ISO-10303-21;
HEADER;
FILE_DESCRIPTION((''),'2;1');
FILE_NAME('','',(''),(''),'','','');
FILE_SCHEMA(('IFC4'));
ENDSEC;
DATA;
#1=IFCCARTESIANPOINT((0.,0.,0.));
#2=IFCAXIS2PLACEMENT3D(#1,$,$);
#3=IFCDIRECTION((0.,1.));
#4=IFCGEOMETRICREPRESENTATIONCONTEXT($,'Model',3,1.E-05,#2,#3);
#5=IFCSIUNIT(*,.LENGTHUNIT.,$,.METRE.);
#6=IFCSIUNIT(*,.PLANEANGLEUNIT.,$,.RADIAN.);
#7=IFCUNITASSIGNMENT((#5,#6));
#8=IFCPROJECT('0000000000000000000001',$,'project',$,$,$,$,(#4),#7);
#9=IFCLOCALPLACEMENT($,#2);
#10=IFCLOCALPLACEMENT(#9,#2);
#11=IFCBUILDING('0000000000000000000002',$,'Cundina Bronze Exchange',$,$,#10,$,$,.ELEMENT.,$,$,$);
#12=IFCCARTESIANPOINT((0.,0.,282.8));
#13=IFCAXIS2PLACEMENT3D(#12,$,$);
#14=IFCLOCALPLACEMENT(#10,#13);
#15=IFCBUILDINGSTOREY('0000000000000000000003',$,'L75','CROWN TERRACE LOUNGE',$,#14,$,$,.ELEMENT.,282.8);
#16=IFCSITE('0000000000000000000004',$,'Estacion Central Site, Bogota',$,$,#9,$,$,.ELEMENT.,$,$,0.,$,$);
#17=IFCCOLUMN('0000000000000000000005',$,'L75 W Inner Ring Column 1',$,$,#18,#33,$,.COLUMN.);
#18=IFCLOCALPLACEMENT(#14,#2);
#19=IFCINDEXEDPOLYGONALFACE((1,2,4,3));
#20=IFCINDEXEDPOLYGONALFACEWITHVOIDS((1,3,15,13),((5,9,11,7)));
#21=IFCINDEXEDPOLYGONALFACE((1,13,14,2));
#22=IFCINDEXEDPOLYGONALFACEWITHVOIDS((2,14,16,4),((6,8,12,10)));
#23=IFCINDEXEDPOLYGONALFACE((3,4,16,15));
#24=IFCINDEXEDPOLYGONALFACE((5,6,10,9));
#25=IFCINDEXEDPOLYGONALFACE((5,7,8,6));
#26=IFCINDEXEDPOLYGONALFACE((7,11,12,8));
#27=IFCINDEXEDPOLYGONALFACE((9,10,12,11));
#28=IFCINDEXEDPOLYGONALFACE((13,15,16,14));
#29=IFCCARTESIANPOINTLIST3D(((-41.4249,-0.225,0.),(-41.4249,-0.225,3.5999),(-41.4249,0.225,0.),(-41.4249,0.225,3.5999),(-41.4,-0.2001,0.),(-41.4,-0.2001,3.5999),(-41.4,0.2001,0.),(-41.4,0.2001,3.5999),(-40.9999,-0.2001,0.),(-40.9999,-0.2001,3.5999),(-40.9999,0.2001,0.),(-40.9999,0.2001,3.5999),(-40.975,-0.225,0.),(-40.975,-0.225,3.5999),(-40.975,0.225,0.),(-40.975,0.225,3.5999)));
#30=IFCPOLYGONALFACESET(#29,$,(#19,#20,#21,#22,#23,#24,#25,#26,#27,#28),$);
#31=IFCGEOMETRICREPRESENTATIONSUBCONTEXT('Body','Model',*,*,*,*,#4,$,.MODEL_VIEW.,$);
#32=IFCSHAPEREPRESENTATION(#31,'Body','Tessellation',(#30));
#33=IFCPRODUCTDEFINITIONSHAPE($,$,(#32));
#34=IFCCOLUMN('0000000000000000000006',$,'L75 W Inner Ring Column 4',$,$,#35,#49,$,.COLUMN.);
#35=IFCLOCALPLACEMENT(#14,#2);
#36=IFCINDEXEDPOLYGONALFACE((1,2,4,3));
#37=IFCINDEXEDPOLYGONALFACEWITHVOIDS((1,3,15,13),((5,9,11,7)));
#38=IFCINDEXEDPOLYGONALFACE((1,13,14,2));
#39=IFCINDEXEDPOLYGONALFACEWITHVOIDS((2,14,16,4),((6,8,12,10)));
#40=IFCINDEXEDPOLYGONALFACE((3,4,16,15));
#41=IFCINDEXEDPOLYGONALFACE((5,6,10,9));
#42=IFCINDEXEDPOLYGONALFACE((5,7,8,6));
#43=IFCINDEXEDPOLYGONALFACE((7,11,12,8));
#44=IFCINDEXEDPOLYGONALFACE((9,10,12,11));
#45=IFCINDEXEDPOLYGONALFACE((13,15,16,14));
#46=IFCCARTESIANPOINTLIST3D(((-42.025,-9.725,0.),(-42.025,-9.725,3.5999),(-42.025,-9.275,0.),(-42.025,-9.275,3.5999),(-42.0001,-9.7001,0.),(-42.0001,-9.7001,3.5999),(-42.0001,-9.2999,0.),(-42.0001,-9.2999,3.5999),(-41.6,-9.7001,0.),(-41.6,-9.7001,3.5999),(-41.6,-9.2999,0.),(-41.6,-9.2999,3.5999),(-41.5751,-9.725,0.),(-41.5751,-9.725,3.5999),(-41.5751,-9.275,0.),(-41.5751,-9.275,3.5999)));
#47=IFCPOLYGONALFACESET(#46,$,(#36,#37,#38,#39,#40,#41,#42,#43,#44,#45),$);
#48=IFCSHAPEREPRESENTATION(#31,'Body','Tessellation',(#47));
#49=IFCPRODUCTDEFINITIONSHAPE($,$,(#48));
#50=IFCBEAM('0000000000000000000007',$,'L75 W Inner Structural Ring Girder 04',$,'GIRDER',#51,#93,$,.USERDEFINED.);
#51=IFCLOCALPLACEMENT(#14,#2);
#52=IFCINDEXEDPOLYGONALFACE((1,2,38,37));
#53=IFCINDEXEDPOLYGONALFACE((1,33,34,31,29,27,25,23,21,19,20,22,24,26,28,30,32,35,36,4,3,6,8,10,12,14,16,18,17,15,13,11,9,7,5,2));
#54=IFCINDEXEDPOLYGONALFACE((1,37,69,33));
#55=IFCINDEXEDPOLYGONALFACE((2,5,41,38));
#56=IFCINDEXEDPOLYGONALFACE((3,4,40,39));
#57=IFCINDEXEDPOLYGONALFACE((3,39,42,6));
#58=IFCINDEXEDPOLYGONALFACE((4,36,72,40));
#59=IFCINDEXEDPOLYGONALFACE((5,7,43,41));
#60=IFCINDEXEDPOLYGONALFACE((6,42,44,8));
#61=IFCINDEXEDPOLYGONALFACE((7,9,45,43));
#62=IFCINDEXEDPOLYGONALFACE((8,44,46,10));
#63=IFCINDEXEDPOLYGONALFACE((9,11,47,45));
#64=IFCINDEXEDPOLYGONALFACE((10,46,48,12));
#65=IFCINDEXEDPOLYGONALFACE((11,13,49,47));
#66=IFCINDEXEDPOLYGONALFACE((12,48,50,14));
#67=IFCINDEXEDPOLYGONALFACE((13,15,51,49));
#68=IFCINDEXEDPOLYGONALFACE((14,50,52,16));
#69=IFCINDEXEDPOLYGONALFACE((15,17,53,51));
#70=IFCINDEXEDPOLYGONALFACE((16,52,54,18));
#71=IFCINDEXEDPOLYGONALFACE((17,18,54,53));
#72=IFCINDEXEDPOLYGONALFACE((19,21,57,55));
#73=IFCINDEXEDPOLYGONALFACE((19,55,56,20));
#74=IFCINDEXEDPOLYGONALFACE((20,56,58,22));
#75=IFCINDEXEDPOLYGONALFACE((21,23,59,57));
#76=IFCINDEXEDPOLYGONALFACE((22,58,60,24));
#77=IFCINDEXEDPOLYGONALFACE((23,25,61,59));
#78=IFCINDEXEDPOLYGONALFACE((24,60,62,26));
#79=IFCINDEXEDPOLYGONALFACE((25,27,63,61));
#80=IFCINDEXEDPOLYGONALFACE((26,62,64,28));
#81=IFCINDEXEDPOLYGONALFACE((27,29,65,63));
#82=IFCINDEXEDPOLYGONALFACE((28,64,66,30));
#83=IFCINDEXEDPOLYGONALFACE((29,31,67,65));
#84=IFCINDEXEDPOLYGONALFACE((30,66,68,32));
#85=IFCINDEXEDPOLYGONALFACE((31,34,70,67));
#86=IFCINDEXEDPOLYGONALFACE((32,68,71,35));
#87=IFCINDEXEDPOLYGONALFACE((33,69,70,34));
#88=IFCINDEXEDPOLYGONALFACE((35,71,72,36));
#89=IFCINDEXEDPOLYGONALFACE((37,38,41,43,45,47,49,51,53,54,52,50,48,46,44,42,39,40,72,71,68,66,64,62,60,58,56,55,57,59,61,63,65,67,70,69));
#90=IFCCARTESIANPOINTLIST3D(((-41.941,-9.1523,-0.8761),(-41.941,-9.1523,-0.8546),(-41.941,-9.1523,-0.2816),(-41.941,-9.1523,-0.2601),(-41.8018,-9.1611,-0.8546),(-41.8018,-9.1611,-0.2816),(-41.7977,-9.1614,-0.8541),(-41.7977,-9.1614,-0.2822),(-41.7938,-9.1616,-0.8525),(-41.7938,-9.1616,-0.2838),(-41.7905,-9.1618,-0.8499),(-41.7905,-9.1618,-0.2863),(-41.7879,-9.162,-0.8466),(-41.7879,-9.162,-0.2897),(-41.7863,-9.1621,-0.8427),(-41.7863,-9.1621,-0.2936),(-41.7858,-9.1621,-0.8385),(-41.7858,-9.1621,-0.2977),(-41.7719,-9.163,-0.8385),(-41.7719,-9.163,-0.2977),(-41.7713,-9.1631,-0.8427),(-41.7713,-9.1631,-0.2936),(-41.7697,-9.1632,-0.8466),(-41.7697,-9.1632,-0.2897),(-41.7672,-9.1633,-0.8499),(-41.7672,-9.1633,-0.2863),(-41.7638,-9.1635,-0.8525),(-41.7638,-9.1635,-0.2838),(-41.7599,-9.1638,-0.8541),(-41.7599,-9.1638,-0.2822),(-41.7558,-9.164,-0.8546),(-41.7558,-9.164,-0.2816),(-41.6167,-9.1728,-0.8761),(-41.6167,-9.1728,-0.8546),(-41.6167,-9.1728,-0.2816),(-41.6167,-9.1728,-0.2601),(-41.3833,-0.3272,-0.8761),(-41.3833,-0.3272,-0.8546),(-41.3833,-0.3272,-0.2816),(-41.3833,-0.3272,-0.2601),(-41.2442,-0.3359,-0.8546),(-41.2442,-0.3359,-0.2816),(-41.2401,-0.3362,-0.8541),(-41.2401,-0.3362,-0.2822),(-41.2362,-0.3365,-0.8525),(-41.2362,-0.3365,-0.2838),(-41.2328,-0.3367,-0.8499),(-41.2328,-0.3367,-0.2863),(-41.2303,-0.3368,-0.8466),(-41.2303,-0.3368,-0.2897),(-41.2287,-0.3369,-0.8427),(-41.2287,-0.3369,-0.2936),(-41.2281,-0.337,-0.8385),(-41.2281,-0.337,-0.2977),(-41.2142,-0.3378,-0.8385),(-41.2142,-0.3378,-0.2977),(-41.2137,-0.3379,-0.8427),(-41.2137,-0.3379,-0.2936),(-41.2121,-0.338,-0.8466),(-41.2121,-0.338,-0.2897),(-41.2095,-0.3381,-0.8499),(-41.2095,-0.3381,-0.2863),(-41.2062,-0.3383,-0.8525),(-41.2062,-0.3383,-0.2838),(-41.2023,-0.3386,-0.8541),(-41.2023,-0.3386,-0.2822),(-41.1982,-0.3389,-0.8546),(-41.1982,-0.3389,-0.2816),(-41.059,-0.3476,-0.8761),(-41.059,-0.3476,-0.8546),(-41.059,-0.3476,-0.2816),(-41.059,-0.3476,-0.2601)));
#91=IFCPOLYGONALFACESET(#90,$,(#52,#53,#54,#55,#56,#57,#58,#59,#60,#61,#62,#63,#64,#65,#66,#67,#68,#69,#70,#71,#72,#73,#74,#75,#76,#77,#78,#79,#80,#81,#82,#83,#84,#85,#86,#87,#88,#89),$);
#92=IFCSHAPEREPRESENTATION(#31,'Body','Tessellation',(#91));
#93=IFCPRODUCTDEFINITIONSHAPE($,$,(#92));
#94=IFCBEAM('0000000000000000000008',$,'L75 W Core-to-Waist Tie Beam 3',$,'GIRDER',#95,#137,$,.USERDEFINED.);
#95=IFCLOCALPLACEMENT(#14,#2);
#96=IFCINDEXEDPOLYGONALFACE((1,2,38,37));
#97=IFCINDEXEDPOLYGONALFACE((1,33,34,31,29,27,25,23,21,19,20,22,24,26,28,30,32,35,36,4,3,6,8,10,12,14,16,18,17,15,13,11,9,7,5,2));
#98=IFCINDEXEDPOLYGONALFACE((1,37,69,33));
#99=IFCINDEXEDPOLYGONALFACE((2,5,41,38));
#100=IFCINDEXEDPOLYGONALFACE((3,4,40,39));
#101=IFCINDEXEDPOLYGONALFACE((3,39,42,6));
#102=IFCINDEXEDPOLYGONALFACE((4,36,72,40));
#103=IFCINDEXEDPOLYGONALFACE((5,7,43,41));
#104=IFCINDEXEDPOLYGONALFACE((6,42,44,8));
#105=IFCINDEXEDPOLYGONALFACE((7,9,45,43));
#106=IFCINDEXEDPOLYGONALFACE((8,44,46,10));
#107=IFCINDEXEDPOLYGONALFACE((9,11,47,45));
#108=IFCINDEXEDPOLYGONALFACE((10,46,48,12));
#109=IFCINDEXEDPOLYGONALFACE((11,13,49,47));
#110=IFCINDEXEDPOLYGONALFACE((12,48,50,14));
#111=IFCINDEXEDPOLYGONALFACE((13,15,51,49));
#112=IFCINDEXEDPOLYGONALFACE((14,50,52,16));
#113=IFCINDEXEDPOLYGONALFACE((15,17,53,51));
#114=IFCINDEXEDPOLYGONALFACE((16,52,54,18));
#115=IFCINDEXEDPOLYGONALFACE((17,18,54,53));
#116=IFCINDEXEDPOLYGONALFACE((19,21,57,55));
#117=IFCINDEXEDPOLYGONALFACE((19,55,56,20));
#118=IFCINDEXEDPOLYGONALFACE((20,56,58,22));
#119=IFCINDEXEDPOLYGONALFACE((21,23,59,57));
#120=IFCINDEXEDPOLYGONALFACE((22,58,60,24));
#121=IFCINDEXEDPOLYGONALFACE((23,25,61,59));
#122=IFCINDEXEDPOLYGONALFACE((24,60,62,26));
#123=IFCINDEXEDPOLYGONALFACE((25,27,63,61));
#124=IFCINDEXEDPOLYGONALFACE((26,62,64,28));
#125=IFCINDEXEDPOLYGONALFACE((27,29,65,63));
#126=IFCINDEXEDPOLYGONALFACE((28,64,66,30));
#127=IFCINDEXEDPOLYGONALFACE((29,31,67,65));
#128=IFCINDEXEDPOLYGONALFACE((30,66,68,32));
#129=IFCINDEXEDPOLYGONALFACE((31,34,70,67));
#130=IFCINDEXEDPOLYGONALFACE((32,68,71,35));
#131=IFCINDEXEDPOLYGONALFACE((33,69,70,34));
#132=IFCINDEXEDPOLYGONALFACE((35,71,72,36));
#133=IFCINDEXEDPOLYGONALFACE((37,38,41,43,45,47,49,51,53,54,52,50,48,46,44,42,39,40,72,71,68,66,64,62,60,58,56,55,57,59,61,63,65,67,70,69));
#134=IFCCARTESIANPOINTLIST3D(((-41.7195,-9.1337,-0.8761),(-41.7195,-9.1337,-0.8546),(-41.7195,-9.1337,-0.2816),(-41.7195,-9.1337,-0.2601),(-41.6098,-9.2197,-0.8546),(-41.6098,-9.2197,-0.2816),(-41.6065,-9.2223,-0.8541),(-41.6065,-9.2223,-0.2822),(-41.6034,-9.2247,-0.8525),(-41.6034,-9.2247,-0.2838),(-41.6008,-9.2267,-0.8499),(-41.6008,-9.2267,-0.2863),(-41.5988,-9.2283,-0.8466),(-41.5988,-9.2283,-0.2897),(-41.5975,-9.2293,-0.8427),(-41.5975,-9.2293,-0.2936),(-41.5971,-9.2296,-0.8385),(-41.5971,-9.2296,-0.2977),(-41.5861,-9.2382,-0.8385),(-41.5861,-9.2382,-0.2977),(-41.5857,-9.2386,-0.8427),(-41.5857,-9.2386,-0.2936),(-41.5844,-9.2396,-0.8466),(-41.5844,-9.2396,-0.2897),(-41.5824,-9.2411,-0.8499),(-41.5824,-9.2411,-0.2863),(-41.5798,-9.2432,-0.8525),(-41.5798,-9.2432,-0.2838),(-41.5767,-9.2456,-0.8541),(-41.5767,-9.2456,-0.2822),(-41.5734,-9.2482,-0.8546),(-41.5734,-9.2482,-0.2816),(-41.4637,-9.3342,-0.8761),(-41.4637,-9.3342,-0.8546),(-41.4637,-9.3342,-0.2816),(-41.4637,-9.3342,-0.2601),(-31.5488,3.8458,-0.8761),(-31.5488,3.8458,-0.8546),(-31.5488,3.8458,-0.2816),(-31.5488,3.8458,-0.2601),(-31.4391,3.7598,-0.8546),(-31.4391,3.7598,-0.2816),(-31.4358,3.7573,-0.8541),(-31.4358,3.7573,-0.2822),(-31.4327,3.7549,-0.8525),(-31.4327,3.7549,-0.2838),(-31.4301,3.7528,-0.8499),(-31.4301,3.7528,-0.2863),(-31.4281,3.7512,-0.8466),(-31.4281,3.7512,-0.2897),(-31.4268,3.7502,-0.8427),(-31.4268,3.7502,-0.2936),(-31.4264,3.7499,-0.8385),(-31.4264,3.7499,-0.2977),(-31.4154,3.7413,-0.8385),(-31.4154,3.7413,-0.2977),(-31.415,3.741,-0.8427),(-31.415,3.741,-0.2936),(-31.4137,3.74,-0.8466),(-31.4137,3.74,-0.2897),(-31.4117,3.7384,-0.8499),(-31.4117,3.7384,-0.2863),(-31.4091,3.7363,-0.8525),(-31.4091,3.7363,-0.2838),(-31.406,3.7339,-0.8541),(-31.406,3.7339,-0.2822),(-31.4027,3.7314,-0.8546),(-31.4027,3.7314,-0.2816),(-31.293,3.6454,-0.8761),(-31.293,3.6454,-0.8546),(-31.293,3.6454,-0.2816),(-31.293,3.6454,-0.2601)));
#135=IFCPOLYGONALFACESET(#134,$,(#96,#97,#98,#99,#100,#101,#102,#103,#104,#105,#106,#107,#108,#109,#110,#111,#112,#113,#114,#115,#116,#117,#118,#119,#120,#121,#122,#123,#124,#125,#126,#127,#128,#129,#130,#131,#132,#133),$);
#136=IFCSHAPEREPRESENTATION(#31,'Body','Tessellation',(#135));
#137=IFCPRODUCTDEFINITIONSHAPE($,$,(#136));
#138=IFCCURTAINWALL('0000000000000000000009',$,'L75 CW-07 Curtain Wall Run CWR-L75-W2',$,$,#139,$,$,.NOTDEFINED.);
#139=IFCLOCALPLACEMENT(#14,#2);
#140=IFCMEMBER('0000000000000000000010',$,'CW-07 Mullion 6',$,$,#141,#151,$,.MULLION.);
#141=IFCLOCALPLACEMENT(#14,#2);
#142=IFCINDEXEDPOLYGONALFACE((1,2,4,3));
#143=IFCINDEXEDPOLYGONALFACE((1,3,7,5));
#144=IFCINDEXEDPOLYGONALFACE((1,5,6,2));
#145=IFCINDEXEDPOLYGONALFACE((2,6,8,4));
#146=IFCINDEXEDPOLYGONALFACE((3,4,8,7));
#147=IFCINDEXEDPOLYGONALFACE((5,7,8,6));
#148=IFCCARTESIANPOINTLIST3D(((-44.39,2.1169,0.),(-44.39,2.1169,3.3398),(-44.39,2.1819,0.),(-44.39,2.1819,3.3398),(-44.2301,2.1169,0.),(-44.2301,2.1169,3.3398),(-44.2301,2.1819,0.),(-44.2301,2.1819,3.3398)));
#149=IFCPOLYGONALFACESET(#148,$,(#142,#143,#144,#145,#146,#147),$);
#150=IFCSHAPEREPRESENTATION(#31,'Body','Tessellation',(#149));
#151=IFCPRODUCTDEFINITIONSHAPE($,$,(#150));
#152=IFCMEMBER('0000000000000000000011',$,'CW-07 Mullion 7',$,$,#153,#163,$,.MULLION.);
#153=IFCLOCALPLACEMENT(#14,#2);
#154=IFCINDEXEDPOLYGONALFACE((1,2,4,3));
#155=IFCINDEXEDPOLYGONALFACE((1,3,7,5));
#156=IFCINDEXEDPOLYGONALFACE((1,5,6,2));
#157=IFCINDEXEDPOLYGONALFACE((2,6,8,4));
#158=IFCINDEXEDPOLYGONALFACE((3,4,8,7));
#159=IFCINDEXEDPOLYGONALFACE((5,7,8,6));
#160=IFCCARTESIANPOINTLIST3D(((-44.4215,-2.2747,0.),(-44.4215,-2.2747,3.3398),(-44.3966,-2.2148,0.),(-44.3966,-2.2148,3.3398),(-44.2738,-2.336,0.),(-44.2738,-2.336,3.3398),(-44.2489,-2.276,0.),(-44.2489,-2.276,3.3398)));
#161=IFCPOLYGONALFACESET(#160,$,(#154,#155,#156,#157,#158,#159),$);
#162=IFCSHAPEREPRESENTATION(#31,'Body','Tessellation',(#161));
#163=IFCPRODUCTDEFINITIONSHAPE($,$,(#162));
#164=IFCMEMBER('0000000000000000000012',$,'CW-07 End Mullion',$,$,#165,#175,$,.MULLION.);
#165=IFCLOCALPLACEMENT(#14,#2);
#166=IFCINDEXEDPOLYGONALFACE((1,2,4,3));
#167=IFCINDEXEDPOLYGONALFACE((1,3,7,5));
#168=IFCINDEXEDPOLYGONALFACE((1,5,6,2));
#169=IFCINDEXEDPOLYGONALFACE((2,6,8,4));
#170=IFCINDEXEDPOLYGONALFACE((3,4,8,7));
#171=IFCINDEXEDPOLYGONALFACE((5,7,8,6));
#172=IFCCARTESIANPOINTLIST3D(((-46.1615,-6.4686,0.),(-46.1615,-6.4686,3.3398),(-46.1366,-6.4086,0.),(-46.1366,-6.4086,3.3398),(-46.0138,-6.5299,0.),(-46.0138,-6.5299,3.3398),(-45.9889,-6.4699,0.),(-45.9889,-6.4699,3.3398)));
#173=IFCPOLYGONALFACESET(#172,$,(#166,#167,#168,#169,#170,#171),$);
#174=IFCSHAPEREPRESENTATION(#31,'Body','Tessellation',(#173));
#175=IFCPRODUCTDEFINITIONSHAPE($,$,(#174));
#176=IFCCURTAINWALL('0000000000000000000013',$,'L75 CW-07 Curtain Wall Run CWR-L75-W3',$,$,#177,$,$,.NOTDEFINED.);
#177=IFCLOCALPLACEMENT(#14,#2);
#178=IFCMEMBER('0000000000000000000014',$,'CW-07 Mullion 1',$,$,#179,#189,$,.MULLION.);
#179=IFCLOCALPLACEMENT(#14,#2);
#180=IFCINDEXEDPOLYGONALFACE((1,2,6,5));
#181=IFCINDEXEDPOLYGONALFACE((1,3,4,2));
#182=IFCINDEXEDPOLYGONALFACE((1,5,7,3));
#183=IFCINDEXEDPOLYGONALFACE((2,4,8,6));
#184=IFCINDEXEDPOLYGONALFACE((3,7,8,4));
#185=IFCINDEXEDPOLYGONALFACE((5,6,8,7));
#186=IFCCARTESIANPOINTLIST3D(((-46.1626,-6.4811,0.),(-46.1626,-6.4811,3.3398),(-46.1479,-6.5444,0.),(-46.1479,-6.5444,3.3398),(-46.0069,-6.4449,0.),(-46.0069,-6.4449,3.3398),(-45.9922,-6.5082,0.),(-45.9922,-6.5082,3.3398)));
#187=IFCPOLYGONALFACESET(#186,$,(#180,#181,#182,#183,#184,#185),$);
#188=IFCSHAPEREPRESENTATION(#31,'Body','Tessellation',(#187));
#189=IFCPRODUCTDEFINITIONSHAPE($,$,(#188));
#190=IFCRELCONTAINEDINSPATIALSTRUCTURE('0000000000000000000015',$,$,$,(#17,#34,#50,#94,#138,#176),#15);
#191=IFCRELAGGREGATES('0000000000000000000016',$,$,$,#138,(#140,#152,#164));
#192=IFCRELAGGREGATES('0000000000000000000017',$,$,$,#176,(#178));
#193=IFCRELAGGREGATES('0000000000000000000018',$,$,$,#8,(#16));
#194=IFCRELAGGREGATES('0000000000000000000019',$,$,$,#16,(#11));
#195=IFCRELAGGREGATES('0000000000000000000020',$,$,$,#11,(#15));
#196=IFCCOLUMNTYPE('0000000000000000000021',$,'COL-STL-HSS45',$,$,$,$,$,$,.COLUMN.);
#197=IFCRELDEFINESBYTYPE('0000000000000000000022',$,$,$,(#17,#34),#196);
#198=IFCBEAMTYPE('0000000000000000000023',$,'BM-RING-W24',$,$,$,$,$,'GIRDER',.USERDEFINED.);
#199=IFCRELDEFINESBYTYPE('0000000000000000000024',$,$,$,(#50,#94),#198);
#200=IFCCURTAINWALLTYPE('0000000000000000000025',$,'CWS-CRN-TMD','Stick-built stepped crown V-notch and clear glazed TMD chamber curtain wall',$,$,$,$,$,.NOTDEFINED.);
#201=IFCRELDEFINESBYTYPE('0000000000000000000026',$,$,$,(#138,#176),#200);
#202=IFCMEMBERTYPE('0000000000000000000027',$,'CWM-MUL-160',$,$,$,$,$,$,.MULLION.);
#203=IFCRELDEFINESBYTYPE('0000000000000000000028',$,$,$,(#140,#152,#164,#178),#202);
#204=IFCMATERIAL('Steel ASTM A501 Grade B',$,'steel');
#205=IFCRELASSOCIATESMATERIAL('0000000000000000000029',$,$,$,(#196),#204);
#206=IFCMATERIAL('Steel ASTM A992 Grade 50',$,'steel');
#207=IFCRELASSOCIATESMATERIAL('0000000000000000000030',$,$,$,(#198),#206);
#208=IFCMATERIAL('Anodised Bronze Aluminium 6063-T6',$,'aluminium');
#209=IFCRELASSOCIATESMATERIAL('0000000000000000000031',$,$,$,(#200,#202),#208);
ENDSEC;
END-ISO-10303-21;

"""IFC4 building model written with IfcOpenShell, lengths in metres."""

from ifc_helpers import new_model, si_unit, direction, frame, origin, origin_2d, place, context, subcontext, project, spatial, rectangle, hollow_rectangle, i_section, extrude, material, material_profile, profile_set, type_object, element, aggregate, save


model = new_model("IFC4")

# Units and contexts
model_context = context("Model", 3, precision=1e-05, world=origin(), true_north=direction((0.0, 1.0)))
body_context = subcontext(model_context, "Body", "Model", "MODEL_VIEW")
ifc_project = project(units=[si_unit("LENGTHUNIT", "METRE"), si_unit("PLANEANGLEUNIT", "RADIAN")], contexts=[model_context])

# Site, building, storey
site_placement = place(None, origin())
site = spatial("IfcSite", under=ifc_project, at=site_placement, Name="Estacion Central Site, Bogota", CompositionType="ELEMENT", RefElevation=0.0)
building_placement = place(site_placement, origin())
building = spatial("IfcBuilding", under=site, at=building_placement, Name="Cundina Bronze Exchange", CompositionType="ELEMENT")
storey_placement = place(building_placement, frame((0.0, 0.0, 282.8)))
storey = spatial("IfcBuildingStorey", under=building, at=storey_placement, Name="L75", Description="CROWN TERRACE LOUNGE", CompositionType="ELEMENT", Elevation=282.8)

# Columns
ifc_material_1 = material(Name="Steel ASTM A501 Grade B", Category="steel")
ifc_material_profile_1 = material_profile(ifc_material_1, hollow_rectangle(XDim=0.45, YDim=0.45, WallThickness=0.0249, at=origin_2d()), Name="HSS450X450X25", Category="steel")
ifc_profile_set_1 = profile_set([ifc_material_profile_1], Name="Steel ASTM A501 Grade B")
column_type = type_object("IfcColumnType", Name="COL-STL-HSS45", PredefinedType="COLUMN", material=ifc_profile_set_1)
for number, where, z_axis, x_axis, name in (
    (1, (-41.2, 0.0, 0.0), (0.0, 0.0, 1.0), (1.0, 0.0, 0.0), "L75 W Inner Ring Column 1"),
    (2, (-41.8, -9.5, 0.0), (0.0, 0.0, 1.0), (1.0, 0.0, 0.0), "L75 W Inner Ring Column 4"),
):
    element("IfcColumn", number, at=place(storey_placement, frame(where, z_axis=z_axis, x_axis=x_axis)), inside=storey, type_object=column_type, Name=name, PredefinedType="COLUMN", context=body_context, shape_type="SweptSolid", body=[
        extrude(hollow_rectangle(XDim=0.45, YDim=0.45, WallThickness=0.0249, at=origin_2d()), origin(), (0.0, 0.0, 1.0), 3.5999),
    ])

# Beams
ifc_material_2 = material(Name="Steel ASTM A992 Grade 50", Category="steel")
ifc_material_profile_2 = material_profile(ifc_material_2, i_section(OverallWidth=0.325, OverallDepth=0.616, WebThickness=0.0139, FlangeThickness=0.0215, FilletRadius=0.0161, at=origin_2d()), Name="W24X117", Category="steel")
ifc_profile_set_2 = profile_set([ifc_material_profile_2], Name="Steel ASTM A992 Grade 50")
beam_type = type_object("IfcBeamType", Name="BM-RING-W24", ElementType="GIRDER", PredefinedType="USERDEFINED", material=ifc_profile_set_2)
beam_1_placement = place(storey_placement, frame((-41.2212, -0.3374, -0.5681), z_axis=(-0.063059, -0.99801, 0.0), x_axis=(0.99801, -0.063059, 0.0)))
element("IfcBeam", 3, at=beam_1_placement, inside=storey, type_object=beam_type, Name="L75 W Inner Structural Ring Girder 04", ObjectType="GIRDER", PredefinedType="USERDEFINED", context=body_context, shape_type="SweptSolid", body=[
    extrude(i_section(OverallWidth=0.325, OverallDepth=0.616, WebThickness=0.0139, FlangeThickness=0.0215, FilletRadius=0.0161, at=origin_2d()), origin(), (0.0, 0.0, 1.0), 8.8428),
])
beam_2_placement = place(storey_placement, frame((-31.4209, 3.7456, -0.5681), z_axis=(-0.616789, -0.787128, 0.0), x_axis=(0.787128, -0.616789, 0.0)))
element("IfcBeam", 4, at=beam_2_placement, inside=storey, type_object=beam_type, Name="L75 W Core-to-Waist Tie Beam 3", ObjectType="GIRDER", PredefinedType="USERDEFINED", context=body_context, shape_type="SweptSolid", body=[
    extrude(i_section(OverallWidth=0.325, OverallDepth=0.616, WebThickness=0.0139, FlangeThickness=0.0215, FilletRadius=0.0161, at=origin_2d()), origin(), (0.0, 0.0, 1.0), 16.4897),
])

# Curtain wall, members
ifc_material_3 = material(Name="Anodised Bronze Aluminium 6063-T6", Category="aluminium")
curtain_wall_type = type_object("IfcCurtainWallType", Name="CWS-CRN-TMD", Description="Stick-built stepped crown V-notch and clear glazed TMD chamber curtain wall", PredefinedType="NOTDEFINED", material=ifc_material_3)
curtain_wall_1_placement = place(storey_placement, origin())
curtain_wall_1 = element("IfcCurtainWall", 5, at=curtain_wall_1_placement, inside=storey, type_object=curtain_wall_type, Name="L75 CW-07 Curtain Wall Run CWR-L75-W2", PredefinedType="NOTDEFINED")
ifc_material_profile_3 = material_profile(ifc_material_3, rectangle(XDim=0.0649, YDim=0.1599, at=origin_2d()), Name="AL65X160", Category="aluminium")
ifc_profile_set_3 = profile_set([ifc_material_profile_3], Name="Anodised Bronze Aluminium 6063-T6")
member_type_1 = type_object("IfcMemberType", Name="CWM-MUL-160", PredefinedType="MULLION", material=ifc_profile_set_3)
member_1_placement = place(storey_placement, frame((-44.3101, 2.1494, 0.0), z_axis=(0.0, 0.0, 1.0), x_axis=(0.0, -1.0, 0.0)))
member_1 = element("IfcMember", 6, at=member_1_placement, type_object=member_type_1, Name="CW-07 Mullion 6", PredefinedType="MULLION", context=body_context, shape_type="SweptSolid", body=[
    extrude(rectangle(XDim=0.0649, YDim=0.1599, at=origin_2d()), origin(), (0.0, 0.0, 1.0), 3.3398),
])
member_2_placement = place(storey_placement, frame((-44.3352, -2.2754, 0.0), z_axis=(0.0, 0.0, 1.0), x_axis=(-0.383167, -0.923679, 0.0)))
member_2 = element("IfcMember", 7, at=member_2_placement, type_object=member_type_1, Name="CW-07 Mullion 7", PredefinedType="MULLION", context=body_context, shape_type="SweptSolid", body=[
    extrude(rectangle(XDim=0.0649, YDim=0.1599, at=origin_2d()), origin(), (0.0, 0.0, 1.0), 3.3398),
])
member_3_placement = place(storey_placement, frame((-46.0752, -6.4692, 0.0), z_axis=(0.0, 0.0, 1.0), x_axis=(-0.383167, -0.923679, 0.0)))
member_3 = element("IfcMember", 8, at=member_3_placement, type_object=member_type_1, Name="CW-07 End Mullion", PredefinedType="MULLION", context=body_context, shape_type="SweptSolid", body=[
    extrude(rectangle(XDim=0.0649, YDim=0.1599, at=origin_2d()), origin(), (0.0, 0.0, 1.0), 3.3398),
])

# Curtain wall, member
curtain_wall_2_placement = place(storey_placement, origin())
curtain_wall_2 = element("IfcCurtainWall", 9, at=curtain_wall_2_placement, inside=storey, type_object=curtain_wall_type, Name="L75 CW-07 Curtain Wall Run CWR-L75-W3", PredefinedType="NOTDEFINED")
member_4_placement = place(storey_placement, frame((-46.0774, -6.4946, 0.0), z_axis=(0.0, 0.0, 1.0), x_axis=(0.226311, -0.974055, 0.0)))
member_4 = element("IfcMember", 10, at=member_4_placement, type_object=member_type_1, Name="CW-07 Mullion 1", PredefinedType="MULLION", context=body_context, shape_type="SweptSolid", body=[
    extrude(rectangle(XDim=0.0649, YDim=0.1599, at=origin_2d()), origin(), (0.0, 0.0, 1.0), 3.3398),
])

aggregate(curtain_wall_1, [member_1, member_2, member_3])
aggregate(curtain_wall_2, [member_4])

save(model, "model.ifc")
